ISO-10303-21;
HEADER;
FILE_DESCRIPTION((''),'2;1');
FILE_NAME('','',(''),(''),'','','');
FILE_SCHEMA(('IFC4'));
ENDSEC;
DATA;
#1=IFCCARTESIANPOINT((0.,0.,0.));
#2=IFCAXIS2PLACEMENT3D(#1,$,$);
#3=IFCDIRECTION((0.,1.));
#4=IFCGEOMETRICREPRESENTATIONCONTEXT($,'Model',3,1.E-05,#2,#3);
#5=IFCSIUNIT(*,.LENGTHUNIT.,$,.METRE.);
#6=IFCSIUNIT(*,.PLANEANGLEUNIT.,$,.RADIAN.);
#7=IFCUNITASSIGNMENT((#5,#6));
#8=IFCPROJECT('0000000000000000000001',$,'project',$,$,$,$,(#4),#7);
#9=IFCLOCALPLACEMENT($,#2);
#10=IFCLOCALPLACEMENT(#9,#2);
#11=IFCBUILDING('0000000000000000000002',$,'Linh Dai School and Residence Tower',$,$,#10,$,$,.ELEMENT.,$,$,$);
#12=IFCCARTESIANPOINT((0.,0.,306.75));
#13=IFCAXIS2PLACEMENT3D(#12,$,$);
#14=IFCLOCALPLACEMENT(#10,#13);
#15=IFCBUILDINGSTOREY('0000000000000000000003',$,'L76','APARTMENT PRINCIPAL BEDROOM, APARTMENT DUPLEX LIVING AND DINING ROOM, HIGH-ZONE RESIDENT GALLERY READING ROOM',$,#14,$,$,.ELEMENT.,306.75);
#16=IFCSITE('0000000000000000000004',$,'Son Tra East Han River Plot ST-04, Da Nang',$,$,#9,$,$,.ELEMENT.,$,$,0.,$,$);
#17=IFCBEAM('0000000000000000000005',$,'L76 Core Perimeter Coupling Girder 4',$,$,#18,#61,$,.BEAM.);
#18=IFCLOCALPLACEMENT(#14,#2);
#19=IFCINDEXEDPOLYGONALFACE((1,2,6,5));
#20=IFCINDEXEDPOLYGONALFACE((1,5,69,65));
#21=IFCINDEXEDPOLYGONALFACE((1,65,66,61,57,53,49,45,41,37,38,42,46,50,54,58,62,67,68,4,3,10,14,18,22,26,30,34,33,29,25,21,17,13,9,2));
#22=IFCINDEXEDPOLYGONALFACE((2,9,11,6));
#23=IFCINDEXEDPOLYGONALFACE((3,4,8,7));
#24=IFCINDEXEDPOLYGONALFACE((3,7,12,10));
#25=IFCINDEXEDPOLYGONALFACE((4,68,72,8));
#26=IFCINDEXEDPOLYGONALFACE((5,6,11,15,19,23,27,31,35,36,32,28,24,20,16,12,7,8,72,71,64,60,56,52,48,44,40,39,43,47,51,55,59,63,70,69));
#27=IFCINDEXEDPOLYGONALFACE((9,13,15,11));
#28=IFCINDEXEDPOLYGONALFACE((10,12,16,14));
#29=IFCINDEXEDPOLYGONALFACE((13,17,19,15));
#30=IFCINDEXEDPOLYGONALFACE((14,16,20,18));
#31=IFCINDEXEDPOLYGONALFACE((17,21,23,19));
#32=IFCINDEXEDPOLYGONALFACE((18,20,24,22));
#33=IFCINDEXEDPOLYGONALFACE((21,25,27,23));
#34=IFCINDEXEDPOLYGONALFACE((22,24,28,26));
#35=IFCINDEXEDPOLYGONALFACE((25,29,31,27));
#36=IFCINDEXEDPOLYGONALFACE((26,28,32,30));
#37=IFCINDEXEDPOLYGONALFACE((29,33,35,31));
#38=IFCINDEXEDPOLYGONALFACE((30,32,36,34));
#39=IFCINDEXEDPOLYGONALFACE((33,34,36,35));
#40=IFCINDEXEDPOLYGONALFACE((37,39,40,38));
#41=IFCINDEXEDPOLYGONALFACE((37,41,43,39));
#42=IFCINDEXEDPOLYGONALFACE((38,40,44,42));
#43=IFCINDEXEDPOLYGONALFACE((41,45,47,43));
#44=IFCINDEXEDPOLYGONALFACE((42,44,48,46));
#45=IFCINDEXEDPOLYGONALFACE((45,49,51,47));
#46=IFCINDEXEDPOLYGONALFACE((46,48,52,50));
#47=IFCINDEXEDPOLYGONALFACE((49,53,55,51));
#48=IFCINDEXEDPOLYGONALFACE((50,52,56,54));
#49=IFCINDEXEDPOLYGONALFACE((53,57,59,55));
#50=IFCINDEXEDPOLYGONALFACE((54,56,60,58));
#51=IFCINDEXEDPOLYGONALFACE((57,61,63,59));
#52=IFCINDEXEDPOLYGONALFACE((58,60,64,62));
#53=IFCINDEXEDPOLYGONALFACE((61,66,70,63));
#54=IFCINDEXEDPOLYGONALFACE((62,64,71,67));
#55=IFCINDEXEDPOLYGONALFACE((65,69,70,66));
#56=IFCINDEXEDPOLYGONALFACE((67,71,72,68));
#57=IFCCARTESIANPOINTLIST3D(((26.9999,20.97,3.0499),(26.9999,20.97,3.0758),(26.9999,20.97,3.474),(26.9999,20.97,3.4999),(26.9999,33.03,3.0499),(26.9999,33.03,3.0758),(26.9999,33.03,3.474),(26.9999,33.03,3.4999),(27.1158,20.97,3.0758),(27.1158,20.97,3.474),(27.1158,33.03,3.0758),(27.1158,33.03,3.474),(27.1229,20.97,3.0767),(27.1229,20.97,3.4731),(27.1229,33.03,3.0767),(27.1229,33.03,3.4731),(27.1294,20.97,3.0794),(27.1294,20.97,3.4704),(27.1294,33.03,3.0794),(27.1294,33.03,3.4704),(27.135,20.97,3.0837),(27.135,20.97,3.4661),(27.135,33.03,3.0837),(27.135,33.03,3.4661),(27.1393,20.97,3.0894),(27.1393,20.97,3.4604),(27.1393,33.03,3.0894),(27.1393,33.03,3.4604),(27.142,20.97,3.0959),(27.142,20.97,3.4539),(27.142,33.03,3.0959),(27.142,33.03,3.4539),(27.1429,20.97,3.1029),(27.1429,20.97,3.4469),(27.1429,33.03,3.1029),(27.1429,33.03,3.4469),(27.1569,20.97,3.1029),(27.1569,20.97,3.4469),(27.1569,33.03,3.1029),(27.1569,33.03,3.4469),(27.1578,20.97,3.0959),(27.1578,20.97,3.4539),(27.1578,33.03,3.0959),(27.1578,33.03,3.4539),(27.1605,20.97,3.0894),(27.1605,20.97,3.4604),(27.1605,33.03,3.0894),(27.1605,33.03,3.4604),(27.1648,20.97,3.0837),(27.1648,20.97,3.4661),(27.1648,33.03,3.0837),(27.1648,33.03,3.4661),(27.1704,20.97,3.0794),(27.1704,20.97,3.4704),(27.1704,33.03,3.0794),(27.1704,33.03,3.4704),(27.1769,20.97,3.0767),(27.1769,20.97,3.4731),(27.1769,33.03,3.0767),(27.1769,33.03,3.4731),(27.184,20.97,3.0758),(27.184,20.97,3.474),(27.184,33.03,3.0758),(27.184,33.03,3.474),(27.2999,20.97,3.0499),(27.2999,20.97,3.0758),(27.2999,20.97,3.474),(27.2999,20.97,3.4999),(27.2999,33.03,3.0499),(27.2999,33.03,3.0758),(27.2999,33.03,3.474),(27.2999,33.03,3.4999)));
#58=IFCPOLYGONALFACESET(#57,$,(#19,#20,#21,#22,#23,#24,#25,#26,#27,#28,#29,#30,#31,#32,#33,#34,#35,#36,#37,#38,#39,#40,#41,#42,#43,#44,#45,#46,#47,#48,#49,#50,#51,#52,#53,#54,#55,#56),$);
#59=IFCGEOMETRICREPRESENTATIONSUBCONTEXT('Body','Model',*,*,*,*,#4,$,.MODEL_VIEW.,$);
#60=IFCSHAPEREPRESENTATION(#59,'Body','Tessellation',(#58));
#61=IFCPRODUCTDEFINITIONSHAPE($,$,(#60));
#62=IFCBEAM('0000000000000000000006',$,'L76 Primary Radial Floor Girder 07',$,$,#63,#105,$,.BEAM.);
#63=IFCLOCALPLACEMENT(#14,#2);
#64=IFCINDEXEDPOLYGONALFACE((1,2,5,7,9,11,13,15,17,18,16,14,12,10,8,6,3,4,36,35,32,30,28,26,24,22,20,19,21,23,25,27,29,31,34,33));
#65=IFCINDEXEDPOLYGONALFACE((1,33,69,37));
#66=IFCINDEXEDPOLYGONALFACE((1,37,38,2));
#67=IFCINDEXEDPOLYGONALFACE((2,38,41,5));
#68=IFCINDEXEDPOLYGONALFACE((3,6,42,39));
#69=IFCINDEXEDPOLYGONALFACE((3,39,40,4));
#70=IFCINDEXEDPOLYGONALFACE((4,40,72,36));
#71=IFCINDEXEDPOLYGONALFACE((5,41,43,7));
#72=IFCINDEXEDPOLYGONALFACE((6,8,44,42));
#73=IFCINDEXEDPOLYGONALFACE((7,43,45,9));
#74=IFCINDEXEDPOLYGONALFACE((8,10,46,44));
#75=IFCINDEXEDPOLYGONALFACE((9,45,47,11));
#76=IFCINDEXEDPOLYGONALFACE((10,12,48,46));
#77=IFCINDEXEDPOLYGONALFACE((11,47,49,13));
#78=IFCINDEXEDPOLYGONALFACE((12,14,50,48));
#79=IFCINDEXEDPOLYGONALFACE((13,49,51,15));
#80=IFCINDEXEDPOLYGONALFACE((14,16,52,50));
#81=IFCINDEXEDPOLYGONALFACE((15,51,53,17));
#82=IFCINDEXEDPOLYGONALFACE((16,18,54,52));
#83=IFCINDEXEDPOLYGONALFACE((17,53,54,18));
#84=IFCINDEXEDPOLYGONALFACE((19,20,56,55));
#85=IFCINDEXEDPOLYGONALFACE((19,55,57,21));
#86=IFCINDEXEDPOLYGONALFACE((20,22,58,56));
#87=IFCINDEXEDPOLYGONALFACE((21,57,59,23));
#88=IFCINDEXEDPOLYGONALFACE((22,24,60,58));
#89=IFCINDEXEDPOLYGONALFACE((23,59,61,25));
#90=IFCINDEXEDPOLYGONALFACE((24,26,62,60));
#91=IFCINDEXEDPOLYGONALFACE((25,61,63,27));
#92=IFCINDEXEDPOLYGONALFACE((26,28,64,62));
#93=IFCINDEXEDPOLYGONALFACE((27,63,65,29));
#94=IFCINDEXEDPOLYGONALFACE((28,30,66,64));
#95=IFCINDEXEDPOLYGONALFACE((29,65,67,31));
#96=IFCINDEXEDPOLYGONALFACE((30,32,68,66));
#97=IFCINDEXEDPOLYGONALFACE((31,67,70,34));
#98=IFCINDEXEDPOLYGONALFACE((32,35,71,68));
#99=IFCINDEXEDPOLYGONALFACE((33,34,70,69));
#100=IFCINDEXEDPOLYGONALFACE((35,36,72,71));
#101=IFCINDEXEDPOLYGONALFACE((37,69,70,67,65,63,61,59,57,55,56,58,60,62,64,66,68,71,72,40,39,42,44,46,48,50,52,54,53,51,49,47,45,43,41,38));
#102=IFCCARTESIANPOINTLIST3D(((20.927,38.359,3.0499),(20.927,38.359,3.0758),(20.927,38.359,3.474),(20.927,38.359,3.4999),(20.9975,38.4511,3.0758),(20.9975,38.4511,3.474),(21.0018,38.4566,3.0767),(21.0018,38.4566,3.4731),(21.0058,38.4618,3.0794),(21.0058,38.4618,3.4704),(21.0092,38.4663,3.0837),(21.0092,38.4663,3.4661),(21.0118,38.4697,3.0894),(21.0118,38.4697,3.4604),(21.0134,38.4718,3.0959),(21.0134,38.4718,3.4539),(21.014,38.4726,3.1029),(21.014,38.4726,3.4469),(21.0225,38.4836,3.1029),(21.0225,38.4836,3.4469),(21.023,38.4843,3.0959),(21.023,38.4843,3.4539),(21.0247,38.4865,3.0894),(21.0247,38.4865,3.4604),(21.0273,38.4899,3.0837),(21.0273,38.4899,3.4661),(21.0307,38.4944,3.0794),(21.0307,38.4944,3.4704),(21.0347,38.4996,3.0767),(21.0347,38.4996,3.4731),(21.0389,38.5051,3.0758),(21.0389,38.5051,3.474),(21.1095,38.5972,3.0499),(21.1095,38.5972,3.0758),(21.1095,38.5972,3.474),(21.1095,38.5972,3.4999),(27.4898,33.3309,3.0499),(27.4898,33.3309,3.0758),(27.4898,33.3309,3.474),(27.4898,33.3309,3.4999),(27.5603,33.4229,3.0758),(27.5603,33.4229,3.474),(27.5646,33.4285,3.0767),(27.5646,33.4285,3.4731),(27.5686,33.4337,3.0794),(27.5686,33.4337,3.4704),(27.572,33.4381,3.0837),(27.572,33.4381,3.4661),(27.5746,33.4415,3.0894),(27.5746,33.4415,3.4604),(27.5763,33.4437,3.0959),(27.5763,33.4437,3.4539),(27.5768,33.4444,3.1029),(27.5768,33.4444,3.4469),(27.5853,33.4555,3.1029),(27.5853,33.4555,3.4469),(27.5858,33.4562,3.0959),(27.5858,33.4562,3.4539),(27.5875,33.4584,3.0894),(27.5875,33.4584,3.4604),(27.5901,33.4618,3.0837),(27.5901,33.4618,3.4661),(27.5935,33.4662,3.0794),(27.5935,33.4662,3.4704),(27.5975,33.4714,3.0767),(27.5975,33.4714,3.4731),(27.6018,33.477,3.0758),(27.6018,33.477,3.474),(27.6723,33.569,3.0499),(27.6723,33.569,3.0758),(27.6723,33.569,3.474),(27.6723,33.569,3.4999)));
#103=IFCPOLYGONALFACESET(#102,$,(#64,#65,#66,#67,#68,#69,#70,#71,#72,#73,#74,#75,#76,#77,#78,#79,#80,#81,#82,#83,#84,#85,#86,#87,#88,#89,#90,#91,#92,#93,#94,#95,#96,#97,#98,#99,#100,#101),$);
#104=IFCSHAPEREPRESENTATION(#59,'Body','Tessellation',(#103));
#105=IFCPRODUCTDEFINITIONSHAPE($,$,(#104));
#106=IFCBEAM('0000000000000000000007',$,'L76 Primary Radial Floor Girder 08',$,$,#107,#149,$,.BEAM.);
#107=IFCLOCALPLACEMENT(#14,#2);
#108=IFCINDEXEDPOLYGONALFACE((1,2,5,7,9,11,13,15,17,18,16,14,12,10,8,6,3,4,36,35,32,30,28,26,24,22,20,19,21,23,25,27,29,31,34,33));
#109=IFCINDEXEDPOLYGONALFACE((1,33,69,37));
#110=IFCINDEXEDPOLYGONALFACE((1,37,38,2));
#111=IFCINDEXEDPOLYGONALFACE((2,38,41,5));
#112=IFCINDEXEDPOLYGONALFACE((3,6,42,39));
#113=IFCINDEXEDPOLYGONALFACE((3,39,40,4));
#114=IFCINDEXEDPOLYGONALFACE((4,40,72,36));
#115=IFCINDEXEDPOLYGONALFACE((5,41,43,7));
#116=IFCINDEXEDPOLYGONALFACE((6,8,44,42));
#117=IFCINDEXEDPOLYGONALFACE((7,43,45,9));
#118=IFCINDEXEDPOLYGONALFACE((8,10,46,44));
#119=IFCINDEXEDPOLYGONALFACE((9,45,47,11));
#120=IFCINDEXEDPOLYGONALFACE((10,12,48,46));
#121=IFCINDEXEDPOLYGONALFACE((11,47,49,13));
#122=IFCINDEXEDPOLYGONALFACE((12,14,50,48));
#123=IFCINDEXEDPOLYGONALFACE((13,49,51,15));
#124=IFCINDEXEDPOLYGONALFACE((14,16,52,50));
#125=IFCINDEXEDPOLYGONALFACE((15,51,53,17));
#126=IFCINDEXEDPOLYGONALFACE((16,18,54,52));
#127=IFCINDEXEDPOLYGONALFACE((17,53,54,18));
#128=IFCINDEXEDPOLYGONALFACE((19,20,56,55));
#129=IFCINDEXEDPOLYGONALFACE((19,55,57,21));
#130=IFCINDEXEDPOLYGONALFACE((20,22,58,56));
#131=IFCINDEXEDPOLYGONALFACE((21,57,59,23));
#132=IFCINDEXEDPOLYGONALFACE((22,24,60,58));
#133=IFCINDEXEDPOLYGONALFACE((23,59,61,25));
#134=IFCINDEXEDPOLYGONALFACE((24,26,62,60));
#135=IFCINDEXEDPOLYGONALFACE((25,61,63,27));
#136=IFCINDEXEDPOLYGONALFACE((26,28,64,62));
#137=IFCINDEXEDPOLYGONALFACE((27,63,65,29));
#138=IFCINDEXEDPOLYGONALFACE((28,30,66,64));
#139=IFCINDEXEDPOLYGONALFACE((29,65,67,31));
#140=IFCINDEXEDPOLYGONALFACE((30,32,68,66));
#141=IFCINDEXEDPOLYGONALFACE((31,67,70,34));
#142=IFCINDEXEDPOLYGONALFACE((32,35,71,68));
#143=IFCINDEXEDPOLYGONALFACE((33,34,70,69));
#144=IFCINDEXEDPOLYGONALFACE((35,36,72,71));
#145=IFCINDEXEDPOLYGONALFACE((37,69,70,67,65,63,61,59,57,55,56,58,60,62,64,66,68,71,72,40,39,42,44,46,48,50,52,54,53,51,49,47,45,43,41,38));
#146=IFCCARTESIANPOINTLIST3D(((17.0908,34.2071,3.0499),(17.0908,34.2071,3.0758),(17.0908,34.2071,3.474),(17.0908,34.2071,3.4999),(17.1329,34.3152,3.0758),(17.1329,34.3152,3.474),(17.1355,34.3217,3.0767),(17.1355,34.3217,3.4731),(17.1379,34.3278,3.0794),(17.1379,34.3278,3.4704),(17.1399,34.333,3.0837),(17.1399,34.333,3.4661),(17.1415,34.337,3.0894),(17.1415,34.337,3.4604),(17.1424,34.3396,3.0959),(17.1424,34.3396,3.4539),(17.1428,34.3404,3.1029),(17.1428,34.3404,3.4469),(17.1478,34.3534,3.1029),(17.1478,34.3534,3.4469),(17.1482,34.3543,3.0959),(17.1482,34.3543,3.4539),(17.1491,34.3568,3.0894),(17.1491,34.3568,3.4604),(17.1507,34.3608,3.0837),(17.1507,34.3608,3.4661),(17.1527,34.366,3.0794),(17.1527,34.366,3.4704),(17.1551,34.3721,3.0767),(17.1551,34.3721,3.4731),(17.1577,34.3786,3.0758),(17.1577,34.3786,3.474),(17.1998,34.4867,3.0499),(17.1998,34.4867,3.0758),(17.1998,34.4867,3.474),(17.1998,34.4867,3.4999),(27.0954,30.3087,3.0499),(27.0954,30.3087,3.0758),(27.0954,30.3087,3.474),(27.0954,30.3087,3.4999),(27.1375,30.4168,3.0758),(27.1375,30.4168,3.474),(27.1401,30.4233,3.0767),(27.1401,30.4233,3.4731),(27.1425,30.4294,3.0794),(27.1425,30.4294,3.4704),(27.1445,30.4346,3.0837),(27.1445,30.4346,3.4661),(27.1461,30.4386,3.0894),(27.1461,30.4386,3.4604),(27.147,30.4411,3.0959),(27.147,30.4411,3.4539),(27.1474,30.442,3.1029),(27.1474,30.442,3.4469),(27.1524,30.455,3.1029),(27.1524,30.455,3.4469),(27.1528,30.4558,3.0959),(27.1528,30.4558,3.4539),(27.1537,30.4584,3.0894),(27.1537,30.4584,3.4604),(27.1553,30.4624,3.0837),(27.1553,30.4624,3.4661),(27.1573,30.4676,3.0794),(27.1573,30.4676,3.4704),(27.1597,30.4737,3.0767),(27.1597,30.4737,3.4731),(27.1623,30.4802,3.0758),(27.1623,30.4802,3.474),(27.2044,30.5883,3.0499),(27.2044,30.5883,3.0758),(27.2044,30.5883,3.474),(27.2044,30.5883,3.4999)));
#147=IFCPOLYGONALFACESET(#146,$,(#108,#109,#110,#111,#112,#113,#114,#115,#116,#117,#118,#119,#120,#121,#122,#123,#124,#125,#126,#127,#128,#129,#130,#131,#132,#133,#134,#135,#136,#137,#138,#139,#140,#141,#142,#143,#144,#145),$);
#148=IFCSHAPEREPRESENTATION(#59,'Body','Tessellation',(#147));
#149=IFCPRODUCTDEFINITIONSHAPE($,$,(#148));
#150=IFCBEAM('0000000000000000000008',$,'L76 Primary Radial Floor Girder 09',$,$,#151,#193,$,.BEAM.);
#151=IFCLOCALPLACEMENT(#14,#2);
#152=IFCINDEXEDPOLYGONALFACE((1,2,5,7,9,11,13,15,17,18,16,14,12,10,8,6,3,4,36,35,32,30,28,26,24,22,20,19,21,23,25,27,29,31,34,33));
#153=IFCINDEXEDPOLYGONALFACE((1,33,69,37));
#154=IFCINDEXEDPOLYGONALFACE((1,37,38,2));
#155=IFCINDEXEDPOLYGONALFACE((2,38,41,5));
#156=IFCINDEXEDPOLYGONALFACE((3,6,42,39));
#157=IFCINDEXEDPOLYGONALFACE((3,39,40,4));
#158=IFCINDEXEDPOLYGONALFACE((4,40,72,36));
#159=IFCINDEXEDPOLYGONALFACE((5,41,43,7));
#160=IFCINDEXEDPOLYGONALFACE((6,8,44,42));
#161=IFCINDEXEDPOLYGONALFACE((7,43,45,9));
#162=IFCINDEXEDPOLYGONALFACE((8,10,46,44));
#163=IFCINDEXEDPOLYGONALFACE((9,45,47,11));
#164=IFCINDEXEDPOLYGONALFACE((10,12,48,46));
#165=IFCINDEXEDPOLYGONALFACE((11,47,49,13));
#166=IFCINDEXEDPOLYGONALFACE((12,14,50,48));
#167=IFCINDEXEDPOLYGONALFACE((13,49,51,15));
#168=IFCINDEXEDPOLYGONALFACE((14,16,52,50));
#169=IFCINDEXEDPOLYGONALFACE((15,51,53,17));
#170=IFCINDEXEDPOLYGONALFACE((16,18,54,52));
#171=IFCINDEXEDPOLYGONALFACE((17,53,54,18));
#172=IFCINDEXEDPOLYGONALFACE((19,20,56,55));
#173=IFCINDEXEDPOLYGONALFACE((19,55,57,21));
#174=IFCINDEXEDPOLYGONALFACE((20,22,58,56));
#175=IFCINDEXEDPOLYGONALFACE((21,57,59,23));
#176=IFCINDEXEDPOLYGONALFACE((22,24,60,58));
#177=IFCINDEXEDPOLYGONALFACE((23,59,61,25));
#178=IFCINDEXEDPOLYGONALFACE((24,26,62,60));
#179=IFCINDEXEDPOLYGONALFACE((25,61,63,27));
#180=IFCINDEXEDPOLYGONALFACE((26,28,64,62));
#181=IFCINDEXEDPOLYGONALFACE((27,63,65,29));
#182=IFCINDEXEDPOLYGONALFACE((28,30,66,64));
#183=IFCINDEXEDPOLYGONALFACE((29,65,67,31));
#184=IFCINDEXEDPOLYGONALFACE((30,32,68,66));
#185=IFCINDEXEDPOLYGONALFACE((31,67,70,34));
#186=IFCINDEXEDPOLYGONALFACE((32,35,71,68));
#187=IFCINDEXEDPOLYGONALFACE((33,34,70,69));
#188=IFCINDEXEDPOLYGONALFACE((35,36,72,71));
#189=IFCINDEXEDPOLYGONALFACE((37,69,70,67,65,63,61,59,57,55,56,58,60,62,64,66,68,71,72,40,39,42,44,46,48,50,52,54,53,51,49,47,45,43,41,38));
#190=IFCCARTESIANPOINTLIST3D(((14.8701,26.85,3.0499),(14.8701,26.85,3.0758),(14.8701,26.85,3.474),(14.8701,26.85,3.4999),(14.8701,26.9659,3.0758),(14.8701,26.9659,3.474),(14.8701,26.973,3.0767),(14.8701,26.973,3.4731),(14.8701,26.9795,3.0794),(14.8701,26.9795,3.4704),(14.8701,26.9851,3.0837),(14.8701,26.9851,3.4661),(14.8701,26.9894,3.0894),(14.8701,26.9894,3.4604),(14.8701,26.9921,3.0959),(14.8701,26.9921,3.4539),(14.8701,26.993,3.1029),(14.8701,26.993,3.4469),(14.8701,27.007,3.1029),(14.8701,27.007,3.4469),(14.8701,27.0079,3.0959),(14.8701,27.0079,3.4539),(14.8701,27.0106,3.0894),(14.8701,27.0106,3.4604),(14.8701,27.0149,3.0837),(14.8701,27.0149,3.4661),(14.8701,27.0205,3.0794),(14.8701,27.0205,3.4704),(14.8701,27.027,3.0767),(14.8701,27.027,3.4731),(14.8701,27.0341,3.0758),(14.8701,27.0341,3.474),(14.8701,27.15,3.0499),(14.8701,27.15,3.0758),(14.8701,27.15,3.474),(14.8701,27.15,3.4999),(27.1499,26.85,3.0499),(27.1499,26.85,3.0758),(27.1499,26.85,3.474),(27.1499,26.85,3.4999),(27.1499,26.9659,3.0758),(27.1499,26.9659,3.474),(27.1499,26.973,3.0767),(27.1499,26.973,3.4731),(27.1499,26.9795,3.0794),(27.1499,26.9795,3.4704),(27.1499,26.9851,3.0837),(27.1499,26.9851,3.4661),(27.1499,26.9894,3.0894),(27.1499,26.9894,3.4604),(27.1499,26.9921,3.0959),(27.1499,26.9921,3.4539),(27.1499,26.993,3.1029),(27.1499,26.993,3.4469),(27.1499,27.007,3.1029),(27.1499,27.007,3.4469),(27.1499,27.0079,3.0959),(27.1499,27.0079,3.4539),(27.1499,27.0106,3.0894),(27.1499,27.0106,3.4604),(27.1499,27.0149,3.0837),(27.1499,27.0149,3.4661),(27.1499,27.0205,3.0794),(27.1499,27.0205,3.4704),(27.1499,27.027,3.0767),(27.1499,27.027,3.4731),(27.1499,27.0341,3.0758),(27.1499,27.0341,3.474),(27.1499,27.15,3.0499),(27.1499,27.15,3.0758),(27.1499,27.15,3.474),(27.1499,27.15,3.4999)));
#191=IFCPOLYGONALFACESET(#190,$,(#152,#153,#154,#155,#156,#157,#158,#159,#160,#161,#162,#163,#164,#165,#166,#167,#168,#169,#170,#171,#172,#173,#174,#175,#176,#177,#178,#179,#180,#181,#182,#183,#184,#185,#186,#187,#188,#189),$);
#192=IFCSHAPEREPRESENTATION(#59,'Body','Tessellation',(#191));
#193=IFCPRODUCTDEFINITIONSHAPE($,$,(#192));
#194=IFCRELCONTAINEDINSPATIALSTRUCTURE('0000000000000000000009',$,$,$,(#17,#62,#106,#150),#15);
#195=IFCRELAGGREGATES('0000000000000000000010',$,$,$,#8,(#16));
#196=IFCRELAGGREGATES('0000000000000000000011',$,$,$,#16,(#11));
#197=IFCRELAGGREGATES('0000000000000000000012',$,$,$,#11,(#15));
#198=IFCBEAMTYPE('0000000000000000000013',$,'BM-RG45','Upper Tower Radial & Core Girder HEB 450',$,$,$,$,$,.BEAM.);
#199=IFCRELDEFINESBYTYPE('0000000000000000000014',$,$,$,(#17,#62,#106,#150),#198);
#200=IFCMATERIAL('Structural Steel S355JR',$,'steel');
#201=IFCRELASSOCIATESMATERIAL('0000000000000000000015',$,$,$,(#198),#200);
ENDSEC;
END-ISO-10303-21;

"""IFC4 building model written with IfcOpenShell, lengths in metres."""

from ifc_helpers import new_model, si_unit, direction, frame, origin, origin_2d, place, context, subcontext, project, spatial, i_section, extrude, material, material_profile, profile_set, type_object, element, save


model = new_model("IFC4")

# Units and contexts
model_context = context("Model", 3, precision=1e-05, world=origin(), true_north=direction((0.0, 1.0)))
body_context = subcontext(model_context, "Body", "Model", "MODEL_VIEW")
ifc_project = project(units=[si_unit("LENGTHUNIT", "METRE"), si_unit("PLANEANGLEUNIT", "RADIAN")], contexts=[model_context])

# Site, building, storey
site_placement = place(None, origin())
site = spatial("IfcSite", under=ifc_project, at=site_placement, Name="Son Tra East Han River Plot ST-04, Da Nang", CompositionType="ELEMENT", RefElevation=0.0)
building_placement = place(site_placement, origin())
building = spatial("IfcBuilding", under=site, at=building_placement, Name="Linh Dai School and Residence Tower", CompositionType="ELEMENT")
storey_placement = place(building_placement, frame((0.0, 0.0, 306.75)))
storey = spatial("IfcBuildingStorey", under=building, at=storey_placement, Name="L76", Description="APARTMENT PRINCIPAL BEDROOM, APARTMENT DUPLEX LIVING AND DINING ROOM, HIGH-ZONE RESIDENT GALLERY READING ROOM", CompositionType="ELEMENT", Elevation=306.75)

# Shared definitions
ifc_material_1 = material(Name="Structural Steel S355JR", Category="steel")

# Beams
ifc_material_profile_1 = material_profile(ifc_material_1, i_section(OverallWidth=0.3, OverallDepth=0.45, WebThickness=0.0139, FlangeThickness=0.0259, FilletRadius=0.0271, at=origin_2d()), Name="HEB 450")
ifc_profile_set_1 = profile_set([ifc_material_profile_1], Name="Structural Steel S355JR")
beam_type_1 = type_object("IfcBeamType", Name="BM-RG45", Description="Upper Tower Radial & Core Girder HEB 450", PredefinedType="BEAM", material=ifc_profile_set_1)
beam_1_placement = place(storey_placement, frame((27.1499, 33.03, 3.2749), z_axis=(0.0, -1.0, 0.0), x_axis=(1.0, 0.0, 0.0)))
element("IfcBeam", 1, at=beam_1_placement, inside=storey, type_object=beam_type_1, Name="L76 Core Perimeter Coupling Girder 4", PredefinedType="BEAM", context=body_context, shape_type="SweptSolid", body=[
    extrude(i_section(OverallWidth=0.3, OverallDepth=0.45, WebThickness=0.0139, FlangeThickness=0.0259, FilletRadius=0.0271, at=origin_2d()), origin(), (0.0, 0.0, 1.0), 12.0601),
])
beam_2_placement = place(storey_placement, frame((27.5811, 33.45, 3.2749), z_axis=(-0.793803, 0.608175, 0.0), x_axis=(-0.608175, -0.793803, 0.0)))
element("IfcBeam", 2, at=beam_2_placement, inside=storey, type_object=beam_type_1, Name="L76 Primary Radial Floor Girder 07", PredefinedType="BEAM", context=body_context, shape_type="SweptSolid", body=[
    extrude(i_section(OverallWidth=0.3, OverallDepth=0.45, WebThickness=0.0139, FlangeThickness=0.0259, FilletRadius=0.0271, at=origin_2d()), origin(), (0.0, 0.0, 1.0), 8.2676),
])
beam_3_placement = place(storey_placement, frame((27.1499, 30.4485, 3.2749), z_axis=(-0.931761, 0.363073, 0.0), x_axis=(-0.363073, -0.931761, 0.0)))
element("IfcBeam", 3, at=beam_3_placement, inside=storey, type_object=beam_type_1, Name="L76 Primary Radial Floor Girder 08", PredefinedType="BEAM", context=body_context, shape_type="SweptSolid", body=[
    extrude(i_section(OverallWidth=0.3, OverallDepth=0.45, WebThickness=0.0139, FlangeThickness=0.0259, FilletRadius=0.0271, at=origin_2d()), origin(), (0.0, 0.0, 1.0), 10.7373),
])
beam_4_placement = place(storey_placement, frame((27.1499, 27.0, 3.2749), z_axis=(-1.0, 0.0, 0.0), x_axis=(0.0, -1.0, 0.0)))
element("IfcBeam", 4, at=beam_4_placement, inside=storey, type_object=beam_type_1, Name="L76 Primary Radial Floor Girder 09", PredefinedType="BEAM", context=body_context, shape_type="SweptSolid", body=[
    extrude(i_section(OverallWidth=0.3, OverallDepth=0.45, WebThickness=0.0139, FlangeThickness=0.0259, FilletRadius=0.0271, at=origin_2d()), origin(), (0.0, 0.0, 1.0), 12.2798),
])

save(model, "model.ifc")
